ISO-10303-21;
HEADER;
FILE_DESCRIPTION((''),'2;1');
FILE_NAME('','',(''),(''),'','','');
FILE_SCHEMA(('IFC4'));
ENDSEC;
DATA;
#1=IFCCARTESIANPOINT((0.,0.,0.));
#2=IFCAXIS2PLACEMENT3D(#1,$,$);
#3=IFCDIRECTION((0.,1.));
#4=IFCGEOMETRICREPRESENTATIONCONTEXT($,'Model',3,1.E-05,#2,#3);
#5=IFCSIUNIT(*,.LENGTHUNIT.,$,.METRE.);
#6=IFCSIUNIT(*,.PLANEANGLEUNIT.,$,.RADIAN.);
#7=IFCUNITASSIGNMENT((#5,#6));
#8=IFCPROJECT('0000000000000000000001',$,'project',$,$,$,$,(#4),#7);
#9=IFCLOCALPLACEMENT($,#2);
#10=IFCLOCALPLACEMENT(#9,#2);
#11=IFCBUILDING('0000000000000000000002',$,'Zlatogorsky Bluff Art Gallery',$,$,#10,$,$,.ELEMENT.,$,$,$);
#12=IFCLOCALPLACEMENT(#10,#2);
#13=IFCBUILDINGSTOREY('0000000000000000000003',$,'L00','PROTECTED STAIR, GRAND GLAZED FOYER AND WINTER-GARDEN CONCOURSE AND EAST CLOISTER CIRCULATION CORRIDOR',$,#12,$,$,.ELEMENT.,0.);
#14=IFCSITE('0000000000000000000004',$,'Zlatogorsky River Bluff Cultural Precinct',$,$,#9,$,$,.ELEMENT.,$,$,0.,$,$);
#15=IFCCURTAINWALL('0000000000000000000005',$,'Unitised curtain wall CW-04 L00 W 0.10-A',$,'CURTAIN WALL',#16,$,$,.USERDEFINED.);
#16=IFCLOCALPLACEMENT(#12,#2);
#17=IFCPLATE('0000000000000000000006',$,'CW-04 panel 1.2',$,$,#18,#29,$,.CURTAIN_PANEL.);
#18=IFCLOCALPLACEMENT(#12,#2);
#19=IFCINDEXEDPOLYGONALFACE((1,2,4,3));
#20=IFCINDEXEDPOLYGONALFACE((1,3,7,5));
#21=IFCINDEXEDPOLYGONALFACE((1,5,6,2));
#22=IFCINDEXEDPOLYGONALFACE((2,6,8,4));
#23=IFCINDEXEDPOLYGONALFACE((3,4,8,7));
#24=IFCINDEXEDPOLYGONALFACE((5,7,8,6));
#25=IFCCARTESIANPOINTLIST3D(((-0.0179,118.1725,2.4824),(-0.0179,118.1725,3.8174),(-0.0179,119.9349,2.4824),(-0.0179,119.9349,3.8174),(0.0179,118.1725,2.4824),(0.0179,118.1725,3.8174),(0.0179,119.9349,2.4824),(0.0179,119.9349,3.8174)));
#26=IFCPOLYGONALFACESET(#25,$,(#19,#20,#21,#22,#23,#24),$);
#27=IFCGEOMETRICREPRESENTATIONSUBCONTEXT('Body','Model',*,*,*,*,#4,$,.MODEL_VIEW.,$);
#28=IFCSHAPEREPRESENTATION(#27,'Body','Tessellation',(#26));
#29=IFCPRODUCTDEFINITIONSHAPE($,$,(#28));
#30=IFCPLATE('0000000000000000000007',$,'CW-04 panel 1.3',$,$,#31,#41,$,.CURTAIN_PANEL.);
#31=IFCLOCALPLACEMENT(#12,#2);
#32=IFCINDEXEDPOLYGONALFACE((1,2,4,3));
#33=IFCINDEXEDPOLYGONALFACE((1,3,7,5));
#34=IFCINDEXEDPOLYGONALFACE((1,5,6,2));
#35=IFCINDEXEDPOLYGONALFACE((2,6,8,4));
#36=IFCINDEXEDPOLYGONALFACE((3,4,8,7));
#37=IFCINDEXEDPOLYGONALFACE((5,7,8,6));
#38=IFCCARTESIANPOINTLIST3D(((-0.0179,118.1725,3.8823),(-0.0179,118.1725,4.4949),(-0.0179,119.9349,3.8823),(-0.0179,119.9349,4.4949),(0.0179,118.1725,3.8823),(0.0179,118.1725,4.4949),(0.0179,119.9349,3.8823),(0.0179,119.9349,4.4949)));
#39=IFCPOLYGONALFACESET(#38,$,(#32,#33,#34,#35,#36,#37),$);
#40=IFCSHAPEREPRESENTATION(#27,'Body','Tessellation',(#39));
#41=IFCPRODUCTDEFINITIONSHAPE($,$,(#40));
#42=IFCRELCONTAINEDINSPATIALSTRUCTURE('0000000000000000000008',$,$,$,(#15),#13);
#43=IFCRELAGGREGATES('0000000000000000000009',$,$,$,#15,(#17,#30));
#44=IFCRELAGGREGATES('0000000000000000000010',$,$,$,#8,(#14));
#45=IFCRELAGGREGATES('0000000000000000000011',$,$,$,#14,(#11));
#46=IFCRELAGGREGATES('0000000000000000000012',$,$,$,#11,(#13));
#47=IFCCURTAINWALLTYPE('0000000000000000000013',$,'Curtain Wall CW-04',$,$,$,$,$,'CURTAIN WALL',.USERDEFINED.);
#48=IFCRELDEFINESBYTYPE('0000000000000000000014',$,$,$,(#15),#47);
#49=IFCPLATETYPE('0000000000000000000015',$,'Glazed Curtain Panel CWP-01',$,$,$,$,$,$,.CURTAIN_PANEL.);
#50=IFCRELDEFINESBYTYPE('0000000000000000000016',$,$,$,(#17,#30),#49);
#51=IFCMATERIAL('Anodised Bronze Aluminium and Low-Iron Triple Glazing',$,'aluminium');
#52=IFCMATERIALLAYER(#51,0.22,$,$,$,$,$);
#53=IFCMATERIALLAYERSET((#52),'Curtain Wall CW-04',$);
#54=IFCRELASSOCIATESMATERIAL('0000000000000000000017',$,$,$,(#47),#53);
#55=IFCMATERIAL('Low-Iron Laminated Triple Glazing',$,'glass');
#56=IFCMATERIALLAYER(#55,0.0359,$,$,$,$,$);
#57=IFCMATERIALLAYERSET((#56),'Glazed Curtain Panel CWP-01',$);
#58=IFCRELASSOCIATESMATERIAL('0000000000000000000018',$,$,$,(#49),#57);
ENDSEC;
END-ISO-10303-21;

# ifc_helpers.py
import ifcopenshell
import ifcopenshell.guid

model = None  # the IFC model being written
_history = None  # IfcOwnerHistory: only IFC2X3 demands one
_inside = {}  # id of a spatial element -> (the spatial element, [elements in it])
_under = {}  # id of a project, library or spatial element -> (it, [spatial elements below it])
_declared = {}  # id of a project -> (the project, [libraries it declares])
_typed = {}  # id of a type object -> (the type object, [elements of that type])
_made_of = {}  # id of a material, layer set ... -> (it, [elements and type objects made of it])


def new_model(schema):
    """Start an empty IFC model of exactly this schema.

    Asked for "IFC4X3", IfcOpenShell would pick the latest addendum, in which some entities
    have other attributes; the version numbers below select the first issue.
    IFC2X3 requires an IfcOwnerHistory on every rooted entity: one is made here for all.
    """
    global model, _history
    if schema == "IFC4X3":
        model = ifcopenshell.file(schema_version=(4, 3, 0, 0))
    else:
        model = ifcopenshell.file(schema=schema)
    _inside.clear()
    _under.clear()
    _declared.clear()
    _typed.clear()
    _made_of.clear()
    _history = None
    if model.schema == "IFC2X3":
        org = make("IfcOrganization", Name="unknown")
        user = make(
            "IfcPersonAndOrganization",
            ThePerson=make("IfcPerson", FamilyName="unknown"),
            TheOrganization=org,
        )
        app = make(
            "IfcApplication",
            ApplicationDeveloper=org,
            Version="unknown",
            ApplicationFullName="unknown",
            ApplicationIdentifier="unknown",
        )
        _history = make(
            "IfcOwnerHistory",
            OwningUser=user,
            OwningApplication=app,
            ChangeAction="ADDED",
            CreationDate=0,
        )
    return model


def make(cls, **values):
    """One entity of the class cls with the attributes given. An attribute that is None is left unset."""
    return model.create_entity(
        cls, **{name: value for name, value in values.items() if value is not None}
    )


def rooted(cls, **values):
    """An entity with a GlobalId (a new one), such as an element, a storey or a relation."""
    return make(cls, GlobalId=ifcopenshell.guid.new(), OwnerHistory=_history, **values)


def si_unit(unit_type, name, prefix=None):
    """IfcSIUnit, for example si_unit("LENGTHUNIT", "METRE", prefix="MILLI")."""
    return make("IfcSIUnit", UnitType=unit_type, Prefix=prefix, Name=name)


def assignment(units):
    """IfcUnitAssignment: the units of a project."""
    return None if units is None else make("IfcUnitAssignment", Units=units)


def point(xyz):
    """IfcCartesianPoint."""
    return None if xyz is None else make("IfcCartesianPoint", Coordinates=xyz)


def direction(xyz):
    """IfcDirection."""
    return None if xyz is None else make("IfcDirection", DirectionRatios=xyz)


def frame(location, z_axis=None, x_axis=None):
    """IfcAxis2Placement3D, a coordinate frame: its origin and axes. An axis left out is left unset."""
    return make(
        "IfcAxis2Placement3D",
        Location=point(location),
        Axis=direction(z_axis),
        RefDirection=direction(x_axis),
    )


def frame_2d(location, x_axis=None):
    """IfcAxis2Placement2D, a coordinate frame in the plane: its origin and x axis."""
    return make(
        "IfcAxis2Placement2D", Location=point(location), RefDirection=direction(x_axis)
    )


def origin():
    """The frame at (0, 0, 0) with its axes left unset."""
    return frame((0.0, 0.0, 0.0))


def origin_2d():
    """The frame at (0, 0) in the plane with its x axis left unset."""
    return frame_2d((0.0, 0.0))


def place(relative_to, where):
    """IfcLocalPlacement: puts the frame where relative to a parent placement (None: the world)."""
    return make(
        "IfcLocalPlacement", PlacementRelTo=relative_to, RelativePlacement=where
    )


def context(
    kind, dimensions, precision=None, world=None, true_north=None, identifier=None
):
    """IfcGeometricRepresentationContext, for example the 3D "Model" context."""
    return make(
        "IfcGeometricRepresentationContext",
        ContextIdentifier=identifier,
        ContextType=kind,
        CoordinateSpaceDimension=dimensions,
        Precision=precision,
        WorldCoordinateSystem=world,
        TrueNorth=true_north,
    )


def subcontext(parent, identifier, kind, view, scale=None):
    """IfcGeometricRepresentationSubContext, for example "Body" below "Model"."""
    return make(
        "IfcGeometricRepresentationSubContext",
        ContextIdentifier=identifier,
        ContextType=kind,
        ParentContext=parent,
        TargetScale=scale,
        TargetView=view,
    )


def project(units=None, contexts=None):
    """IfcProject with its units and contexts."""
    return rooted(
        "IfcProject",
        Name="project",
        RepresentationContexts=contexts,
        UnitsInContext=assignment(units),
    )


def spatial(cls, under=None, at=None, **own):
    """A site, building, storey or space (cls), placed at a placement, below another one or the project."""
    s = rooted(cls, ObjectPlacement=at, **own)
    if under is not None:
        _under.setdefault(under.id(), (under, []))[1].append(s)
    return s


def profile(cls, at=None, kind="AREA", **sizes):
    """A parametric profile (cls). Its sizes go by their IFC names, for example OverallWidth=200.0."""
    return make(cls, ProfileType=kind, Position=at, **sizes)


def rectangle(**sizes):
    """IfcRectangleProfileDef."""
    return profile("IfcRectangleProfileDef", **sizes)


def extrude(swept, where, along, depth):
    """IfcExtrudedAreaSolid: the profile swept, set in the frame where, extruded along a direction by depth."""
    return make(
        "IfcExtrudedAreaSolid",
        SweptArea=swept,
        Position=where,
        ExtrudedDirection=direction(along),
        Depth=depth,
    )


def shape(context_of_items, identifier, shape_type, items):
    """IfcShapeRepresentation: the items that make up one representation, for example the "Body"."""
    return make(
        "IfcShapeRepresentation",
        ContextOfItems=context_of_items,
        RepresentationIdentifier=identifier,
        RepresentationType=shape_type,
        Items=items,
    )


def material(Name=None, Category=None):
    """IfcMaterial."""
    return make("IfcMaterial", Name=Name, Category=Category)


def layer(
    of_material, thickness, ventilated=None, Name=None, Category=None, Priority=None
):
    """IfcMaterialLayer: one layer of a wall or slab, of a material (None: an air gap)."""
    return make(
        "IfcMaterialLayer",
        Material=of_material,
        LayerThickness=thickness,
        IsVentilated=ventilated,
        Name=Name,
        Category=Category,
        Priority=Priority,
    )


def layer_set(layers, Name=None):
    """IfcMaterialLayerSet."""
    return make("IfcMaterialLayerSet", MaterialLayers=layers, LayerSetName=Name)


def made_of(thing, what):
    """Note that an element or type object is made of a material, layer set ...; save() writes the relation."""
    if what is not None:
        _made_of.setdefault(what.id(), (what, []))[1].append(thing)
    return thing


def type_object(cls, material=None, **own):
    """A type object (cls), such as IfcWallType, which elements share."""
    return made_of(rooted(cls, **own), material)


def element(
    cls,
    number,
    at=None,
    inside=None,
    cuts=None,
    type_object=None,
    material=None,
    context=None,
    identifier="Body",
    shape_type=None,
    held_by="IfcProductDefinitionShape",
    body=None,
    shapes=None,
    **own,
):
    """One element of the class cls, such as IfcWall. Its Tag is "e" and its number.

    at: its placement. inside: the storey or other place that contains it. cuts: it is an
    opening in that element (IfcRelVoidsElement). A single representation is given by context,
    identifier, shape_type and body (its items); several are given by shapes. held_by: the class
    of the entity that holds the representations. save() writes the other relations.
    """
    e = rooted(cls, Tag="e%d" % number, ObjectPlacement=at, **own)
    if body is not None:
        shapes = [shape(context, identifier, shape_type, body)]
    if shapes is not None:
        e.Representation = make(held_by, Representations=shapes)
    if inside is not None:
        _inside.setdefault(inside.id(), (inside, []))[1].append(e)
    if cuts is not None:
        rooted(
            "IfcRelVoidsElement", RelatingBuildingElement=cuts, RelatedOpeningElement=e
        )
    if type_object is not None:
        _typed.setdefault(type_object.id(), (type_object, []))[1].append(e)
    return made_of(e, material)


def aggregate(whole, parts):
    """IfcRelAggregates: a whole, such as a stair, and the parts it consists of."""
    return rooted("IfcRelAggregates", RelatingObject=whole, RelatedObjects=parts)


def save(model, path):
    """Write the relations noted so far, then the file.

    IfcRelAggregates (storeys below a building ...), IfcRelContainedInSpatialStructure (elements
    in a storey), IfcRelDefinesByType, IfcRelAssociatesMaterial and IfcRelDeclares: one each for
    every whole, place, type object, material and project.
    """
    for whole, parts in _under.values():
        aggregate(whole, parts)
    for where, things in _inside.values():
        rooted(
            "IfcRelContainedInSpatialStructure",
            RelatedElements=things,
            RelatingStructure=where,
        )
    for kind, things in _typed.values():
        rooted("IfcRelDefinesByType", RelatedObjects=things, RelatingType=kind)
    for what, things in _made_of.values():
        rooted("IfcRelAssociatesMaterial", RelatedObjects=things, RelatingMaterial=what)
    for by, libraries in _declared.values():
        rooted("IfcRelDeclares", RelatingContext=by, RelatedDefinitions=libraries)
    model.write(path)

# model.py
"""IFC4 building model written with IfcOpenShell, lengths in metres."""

from ifc_helpers import new_model, si_unit, direction, frame, origin, origin_2d, place, context, subcontext, project, spatial, rectangle, extrude, material, layer, layer_set, type_object, element, aggregate, save


model = new_model("IFC4")

# Units and contexts
model_context = context("Model", 3, precision=1e-05, world=origin(), true_north=direction((0.0, 1.0)))
body_context = subcontext(model_context, "Body", "Model", "MODEL_VIEW")
ifc_project = project(units=[si_unit("LENGTHUNIT", "METRE"), si_unit("PLANEANGLEUNIT", "RADIAN")], contexts=[model_context])

# Site, building, storey
site_placement = place(None, origin())
site = spatial("IfcSite", under=ifc_project, at=site_placement, Name="Zlatogorsky River Bluff Cultural Precinct", CompositionType="ELEMENT", RefElevation=0.0)
building_placement = place(site_placement, origin())
building = spatial("IfcBuilding", under=site, at=building_placement, Name="Zlatogorsky Bluff Art Gallery", CompositionType="ELEMENT")
storey_placement = place(building_placement, origin())
storey = spatial("IfcBuildingStorey", under=building, at=storey_placement, Name="L00", Description="PROTECTED STAIR, GRAND GLAZED FOYER AND WINTER-GARDEN CONCOURSE AND EAST CLOISTER CIRCULATION CORRIDOR", CompositionType="ELEMENT", Elevation=0.0)

# Shared definitions
ifc_material_1 = material(Name="Anodised Bronze Aluminium and Low-Iron Triple Glazing", Category="aluminium")

# Curtain wall
ifc_layer_1 = layer(ifc_material_1, 0.22)
ifc_layer_set_1 = layer_set([ifc_layer_1], Name="Curtain Wall CW-04")
curtain_wall_type_1 = type_object("IfcCurtainWallType", Name="Curtain Wall CW-04", ElementType="CURTAIN WALL", PredefinedType="USERDEFINED", material=ifc_layer_set_1)
curtain_wall_1_placement = place(storey_placement, origin())
curtain_wall_1 = element("IfcCurtainWall", 1, at=curtain_wall_1_placement, inside=storey, type_object=curtain_wall_type_1, Name="Unitised curtain wall CW-04 L00 W 0.10-A", ObjectType="CURTAIN WALL", PredefinedType="USERDEFINED")

# Plates
ifc_material_2 = material(Name="Low-Iron Laminated Triple Glazing", Category="glass")
ifc_layer_2 = layer(ifc_material_2, 0.0359)
ifc_layer_set_2 = layer_set([ifc_layer_2], Name="Glazed Curtain Panel CWP-01")
plate_type = type_object("IfcPlateType", Name="Glazed Curtain Panel CWP-01", PredefinedType="CURTAIN_PANEL", material=ifc_layer_set_2)
plate_1_placement = place(storey_placement, frame((0.0, 119.0537, 2.4824), z_axis=(0.0, 0.0, 1.0), x_axis=(0.0, -1.0, 0.0)))
plate_1 = element("IfcPlate", 2, at=plate_1_placement, type_object=plate_type, Name="CW-04 panel 1.2", PredefinedType="CURTAIN_PANEL", context=body_context, shape_type="SweptSolid", body=[
    extrude(rectangle(XDim=1.7625, YDim=0.0359, at=origin_2d()), origin(), (0.0, 0.0, 1.0), 1.335),
])
plate_2_placement = place(storey_placement, frame((0.0, 119.0537, 3.8823), z_axis=(0.0, 0.0, 1.0), x_axis=(0.0, -1.0, 0.0)))
plate_2 = element("IfcPlate", 3, at=plate_2_placement, type_object=plate_type, Name="CW-04 panel 1.3", PredefinedType="CURTAIN_PANEL", context=body_context, shape_type="SweptSolid", body=[
    extrude(rectangle(XDim=1.7625, YDim=0.0359, at=origin_2d()), origin(), (0.0, 0.0, 1.0), 0.6125),
])
aggregate(curtain_wall_1, [plate_1, plate_2])

save(model, "model.ifc")
